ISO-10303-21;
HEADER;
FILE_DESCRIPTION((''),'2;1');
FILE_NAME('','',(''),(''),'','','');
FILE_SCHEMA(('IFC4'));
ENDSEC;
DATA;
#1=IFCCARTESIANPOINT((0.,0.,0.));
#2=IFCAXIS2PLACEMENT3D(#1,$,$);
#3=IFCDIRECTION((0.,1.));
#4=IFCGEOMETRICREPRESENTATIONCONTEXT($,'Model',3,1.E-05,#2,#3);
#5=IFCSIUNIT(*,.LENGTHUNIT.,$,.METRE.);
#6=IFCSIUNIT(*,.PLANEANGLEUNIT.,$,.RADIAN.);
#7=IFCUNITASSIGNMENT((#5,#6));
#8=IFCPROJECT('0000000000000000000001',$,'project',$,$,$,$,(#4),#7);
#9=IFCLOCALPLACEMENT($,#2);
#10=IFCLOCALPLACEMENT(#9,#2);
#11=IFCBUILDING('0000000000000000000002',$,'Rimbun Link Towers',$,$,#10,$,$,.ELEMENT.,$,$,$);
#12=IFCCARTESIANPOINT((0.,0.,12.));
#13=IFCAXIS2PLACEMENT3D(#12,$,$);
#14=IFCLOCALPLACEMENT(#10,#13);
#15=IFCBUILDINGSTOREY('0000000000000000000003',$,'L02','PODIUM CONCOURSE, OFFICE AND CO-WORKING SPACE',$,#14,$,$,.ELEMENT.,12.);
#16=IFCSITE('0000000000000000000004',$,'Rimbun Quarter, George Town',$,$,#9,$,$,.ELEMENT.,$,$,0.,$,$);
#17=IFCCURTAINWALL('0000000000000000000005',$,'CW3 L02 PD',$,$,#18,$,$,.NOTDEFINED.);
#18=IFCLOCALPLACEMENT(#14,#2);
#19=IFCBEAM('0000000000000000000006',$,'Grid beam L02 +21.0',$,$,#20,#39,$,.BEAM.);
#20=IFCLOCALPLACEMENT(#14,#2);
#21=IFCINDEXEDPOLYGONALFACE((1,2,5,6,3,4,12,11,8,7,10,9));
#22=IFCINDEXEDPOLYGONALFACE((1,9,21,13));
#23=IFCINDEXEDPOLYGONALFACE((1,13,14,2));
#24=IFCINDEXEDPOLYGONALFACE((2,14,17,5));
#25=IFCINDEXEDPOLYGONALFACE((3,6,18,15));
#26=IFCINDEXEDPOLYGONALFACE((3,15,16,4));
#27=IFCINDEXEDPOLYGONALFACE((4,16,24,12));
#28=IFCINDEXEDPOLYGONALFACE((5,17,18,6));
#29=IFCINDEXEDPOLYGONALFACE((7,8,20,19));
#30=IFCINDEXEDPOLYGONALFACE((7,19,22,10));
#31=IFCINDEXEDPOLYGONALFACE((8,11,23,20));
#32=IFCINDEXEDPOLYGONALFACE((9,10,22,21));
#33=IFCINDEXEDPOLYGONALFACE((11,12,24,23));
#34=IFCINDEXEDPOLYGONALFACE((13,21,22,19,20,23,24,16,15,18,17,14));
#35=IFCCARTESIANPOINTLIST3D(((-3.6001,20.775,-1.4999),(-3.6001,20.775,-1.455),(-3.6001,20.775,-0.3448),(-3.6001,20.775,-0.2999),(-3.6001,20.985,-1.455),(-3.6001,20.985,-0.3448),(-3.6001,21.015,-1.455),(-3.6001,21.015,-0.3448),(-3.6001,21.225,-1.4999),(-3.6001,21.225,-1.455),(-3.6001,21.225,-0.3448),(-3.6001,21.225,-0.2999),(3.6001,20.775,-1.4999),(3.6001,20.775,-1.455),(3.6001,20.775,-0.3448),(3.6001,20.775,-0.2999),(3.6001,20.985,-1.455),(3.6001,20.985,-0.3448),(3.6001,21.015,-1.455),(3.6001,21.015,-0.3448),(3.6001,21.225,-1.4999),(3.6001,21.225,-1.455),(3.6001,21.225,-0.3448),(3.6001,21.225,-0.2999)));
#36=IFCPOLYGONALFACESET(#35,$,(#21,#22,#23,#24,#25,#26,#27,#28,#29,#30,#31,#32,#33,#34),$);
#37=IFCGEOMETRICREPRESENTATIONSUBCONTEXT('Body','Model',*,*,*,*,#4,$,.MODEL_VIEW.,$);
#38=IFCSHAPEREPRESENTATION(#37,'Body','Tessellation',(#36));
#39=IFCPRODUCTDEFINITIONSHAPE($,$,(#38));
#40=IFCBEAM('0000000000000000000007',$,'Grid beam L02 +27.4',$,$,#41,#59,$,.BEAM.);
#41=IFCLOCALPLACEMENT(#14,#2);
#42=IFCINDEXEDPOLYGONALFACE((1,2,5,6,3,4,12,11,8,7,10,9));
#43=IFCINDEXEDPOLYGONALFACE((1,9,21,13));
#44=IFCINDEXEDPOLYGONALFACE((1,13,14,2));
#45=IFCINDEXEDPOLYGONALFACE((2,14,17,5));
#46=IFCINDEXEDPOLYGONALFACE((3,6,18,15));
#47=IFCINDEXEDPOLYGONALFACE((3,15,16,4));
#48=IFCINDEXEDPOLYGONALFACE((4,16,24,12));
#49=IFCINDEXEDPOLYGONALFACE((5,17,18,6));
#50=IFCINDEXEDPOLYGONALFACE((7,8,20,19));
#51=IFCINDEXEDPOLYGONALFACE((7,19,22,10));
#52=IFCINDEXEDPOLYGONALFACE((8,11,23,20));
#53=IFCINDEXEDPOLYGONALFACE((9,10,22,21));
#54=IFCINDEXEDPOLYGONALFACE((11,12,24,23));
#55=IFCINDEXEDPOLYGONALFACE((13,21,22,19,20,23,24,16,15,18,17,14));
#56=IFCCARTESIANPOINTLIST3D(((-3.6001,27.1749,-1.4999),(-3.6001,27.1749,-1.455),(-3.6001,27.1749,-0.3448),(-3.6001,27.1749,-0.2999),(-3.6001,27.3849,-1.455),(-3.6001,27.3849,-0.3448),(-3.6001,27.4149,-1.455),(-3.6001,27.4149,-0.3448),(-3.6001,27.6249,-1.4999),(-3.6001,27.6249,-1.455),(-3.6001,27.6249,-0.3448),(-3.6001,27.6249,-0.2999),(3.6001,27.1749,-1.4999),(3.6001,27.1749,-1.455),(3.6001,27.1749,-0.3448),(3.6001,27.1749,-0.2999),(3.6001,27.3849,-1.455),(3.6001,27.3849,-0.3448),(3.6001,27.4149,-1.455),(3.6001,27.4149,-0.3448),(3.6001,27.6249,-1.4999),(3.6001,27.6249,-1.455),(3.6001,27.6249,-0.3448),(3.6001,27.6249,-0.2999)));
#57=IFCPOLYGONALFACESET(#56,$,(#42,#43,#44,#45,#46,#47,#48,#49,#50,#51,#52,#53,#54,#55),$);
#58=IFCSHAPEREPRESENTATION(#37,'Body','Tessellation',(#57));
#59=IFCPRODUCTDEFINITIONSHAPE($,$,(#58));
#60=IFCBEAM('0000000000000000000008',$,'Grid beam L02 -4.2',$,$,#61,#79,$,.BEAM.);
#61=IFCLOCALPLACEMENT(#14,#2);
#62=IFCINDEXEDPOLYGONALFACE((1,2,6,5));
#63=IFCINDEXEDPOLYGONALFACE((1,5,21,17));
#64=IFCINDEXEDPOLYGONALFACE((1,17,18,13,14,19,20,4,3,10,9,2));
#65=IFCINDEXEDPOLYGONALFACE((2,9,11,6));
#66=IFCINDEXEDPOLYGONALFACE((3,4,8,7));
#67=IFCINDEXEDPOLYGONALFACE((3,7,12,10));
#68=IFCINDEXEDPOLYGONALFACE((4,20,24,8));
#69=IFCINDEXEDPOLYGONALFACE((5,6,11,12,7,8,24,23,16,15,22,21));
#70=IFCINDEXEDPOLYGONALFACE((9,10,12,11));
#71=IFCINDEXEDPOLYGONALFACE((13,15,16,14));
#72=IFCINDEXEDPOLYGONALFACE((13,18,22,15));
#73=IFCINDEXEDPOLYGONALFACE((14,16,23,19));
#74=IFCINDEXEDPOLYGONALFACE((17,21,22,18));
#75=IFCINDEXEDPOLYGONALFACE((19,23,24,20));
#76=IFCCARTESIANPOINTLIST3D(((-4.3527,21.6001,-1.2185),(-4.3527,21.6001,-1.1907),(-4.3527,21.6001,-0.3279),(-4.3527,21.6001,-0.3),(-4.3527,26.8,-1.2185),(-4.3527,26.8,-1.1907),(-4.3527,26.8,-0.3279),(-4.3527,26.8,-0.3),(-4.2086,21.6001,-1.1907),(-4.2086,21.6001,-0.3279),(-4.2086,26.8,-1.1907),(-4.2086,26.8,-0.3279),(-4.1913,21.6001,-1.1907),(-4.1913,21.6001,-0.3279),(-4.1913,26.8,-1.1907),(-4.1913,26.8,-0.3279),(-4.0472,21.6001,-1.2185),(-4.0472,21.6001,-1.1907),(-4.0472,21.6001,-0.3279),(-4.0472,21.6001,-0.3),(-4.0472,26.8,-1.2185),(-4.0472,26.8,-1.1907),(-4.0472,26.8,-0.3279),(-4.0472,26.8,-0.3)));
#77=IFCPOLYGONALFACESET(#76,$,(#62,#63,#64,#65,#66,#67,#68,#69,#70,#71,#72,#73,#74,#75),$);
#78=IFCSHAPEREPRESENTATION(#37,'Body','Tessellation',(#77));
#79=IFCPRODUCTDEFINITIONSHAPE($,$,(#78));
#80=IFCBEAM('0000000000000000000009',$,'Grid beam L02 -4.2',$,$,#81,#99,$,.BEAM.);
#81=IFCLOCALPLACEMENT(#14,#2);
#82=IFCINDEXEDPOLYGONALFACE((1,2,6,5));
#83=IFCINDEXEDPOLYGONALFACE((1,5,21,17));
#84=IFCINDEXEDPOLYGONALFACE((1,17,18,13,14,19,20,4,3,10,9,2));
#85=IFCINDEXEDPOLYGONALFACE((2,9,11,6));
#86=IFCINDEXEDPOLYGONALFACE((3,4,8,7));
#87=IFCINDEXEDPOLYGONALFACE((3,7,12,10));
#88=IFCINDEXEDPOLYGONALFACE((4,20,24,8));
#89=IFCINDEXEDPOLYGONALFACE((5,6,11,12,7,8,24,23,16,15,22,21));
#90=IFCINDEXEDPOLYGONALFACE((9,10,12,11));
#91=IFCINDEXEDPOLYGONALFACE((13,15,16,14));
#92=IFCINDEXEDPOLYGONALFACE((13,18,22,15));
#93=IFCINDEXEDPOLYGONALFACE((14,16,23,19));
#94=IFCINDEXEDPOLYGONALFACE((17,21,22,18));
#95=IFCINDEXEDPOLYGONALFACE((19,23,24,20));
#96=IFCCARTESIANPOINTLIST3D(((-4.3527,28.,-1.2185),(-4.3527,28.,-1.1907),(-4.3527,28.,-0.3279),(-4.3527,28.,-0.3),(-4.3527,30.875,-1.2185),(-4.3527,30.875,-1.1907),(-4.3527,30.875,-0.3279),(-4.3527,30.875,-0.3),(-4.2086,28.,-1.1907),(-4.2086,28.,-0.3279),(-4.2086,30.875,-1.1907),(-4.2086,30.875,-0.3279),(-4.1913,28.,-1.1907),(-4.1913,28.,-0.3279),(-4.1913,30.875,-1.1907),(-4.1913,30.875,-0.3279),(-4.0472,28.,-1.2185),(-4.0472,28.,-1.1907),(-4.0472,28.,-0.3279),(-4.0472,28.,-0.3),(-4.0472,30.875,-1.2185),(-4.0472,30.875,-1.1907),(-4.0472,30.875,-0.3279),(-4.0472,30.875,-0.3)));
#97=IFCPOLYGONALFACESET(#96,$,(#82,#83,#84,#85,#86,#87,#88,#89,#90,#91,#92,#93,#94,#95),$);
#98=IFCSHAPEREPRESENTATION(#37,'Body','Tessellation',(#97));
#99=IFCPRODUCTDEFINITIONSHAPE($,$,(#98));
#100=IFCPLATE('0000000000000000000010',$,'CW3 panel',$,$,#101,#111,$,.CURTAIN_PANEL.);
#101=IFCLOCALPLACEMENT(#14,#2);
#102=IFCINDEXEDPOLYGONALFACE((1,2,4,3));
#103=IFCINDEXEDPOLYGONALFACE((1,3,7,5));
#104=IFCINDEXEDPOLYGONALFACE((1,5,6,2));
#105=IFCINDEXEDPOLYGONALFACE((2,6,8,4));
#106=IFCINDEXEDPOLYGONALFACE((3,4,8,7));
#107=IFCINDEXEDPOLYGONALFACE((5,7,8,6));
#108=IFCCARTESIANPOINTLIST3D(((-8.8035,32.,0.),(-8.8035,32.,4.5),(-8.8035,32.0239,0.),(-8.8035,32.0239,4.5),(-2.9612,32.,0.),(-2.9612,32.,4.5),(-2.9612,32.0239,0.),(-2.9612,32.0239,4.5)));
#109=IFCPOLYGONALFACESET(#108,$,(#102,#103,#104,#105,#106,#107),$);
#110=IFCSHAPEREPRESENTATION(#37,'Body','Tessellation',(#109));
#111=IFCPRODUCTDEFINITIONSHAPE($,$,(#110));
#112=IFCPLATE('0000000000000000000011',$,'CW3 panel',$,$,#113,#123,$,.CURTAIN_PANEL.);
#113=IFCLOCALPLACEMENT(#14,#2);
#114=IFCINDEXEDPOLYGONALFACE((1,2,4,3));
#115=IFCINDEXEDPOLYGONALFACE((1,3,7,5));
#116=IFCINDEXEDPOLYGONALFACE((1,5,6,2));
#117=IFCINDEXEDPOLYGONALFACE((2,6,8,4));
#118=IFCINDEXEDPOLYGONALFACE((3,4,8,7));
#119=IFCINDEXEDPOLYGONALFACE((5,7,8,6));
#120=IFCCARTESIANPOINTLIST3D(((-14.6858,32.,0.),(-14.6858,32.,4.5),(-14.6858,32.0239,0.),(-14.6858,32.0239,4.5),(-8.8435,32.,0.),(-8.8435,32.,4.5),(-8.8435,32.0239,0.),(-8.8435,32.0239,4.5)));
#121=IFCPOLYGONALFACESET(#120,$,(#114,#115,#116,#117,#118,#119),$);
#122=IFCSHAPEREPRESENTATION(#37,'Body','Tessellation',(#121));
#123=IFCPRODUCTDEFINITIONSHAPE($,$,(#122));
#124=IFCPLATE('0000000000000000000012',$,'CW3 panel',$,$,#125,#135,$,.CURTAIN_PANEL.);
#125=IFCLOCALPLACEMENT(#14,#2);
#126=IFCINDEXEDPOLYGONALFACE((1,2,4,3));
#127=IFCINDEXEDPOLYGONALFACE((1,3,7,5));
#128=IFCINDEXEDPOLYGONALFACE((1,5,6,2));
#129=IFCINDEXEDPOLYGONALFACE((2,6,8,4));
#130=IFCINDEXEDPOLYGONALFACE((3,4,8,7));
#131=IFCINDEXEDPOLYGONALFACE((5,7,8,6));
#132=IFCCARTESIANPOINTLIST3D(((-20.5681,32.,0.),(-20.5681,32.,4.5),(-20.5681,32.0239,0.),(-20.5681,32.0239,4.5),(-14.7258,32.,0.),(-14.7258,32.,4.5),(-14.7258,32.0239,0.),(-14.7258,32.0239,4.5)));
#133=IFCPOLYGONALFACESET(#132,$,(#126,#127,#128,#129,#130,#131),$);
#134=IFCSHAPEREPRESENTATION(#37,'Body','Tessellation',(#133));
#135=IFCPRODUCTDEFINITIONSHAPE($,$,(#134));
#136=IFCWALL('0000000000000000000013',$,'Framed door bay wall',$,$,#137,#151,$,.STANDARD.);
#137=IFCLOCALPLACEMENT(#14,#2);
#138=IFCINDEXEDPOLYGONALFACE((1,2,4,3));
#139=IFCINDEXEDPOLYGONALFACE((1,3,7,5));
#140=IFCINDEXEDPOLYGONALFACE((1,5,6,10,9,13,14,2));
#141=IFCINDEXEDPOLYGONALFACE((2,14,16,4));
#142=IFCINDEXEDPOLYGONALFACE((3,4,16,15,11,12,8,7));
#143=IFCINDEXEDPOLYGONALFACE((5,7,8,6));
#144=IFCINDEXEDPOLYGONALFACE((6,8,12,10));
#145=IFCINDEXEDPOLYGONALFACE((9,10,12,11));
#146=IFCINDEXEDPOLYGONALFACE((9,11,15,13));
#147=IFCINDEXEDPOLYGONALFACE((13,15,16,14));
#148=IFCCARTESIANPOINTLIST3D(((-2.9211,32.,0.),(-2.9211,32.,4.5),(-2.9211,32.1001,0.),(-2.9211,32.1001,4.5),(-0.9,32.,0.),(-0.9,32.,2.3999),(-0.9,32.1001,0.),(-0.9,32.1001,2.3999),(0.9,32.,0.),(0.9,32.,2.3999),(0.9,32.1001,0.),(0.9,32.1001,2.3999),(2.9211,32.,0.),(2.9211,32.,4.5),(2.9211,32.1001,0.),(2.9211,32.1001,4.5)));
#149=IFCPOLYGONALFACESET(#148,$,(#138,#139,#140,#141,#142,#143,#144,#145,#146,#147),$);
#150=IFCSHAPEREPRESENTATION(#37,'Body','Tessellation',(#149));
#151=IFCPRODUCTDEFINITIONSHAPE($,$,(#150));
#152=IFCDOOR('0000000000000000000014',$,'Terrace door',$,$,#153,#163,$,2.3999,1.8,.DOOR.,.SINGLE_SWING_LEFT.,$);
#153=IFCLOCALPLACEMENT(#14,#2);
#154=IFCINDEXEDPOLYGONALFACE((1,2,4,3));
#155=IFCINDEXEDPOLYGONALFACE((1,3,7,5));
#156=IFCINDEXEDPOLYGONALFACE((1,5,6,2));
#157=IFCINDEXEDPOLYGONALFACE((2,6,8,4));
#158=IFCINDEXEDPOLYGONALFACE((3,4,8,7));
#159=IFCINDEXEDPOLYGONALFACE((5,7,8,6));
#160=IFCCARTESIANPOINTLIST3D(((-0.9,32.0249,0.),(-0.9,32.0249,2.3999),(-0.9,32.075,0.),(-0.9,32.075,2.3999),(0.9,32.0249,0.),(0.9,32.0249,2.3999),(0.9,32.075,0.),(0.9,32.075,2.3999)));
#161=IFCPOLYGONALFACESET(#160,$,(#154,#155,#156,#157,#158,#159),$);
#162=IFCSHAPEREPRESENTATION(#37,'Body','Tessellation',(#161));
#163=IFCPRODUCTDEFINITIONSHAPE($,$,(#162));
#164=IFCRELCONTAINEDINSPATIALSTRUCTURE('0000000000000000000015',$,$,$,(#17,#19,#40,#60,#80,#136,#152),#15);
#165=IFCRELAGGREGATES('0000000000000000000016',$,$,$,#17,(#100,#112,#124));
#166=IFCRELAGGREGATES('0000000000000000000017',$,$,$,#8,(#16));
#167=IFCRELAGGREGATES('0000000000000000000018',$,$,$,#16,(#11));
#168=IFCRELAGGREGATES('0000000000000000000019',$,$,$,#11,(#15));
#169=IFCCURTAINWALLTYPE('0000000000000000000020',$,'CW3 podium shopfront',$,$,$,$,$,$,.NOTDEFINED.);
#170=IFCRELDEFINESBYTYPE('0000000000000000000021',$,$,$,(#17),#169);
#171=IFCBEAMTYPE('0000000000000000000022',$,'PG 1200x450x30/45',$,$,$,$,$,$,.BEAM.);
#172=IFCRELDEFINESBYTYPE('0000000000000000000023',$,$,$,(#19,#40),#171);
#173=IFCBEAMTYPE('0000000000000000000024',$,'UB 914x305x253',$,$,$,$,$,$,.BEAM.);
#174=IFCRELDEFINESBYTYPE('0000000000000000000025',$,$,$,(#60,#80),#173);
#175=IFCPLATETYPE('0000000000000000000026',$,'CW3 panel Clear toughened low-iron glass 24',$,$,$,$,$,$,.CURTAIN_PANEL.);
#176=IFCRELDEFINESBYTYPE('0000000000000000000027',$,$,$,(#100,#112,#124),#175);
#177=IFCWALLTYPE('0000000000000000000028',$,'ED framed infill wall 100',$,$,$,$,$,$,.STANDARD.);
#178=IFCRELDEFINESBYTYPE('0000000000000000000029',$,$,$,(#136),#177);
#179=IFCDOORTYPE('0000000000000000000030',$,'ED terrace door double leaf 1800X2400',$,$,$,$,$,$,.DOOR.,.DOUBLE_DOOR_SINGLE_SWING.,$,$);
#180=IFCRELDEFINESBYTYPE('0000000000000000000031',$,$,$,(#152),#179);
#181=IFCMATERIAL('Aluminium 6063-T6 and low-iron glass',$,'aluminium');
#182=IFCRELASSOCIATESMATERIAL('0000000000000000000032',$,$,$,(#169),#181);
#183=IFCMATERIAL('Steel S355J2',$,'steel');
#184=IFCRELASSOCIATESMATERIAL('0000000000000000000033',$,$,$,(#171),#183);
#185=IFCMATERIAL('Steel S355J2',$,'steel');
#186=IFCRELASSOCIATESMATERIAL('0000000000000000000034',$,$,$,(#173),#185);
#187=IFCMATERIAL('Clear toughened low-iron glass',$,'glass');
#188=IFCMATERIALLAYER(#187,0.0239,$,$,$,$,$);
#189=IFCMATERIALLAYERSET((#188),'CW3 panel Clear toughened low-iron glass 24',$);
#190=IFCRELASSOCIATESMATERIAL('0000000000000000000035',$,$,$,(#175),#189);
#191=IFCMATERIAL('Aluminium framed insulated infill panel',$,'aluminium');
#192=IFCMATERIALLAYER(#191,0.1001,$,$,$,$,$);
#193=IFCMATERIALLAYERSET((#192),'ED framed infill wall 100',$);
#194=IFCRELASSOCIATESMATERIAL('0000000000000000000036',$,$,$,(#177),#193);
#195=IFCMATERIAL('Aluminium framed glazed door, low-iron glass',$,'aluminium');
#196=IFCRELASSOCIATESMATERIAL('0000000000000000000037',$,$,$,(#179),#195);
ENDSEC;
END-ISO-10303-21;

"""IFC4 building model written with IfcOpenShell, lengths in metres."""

from ifc_helpers import new_model, si_unit, direction, frame, frame_2d, origin, origin_2d, place, context, subcontext, project, spatial, rectangle, i_section, extrude, material, layer, layer_set, material_profile, profile_set, type_object, element, fill, aggregate, save


model = new_model("IFC4")

# Units and contexts
model_context = context("Model", 3, precision=1e-05, world=origin(), true_north=direction((0.0, 1.0)))
body_context = subcontext(model_context, "Body", "Model", "MODEL_VIEW")
ifc_project = project(units=[si_unit("LENGTHUNIT", "METRE"), si_unit("PLANEANGLEUNIT", "RADIAN")], contexts=[model_context])

# Site, building, storey
site_placement = place(None, origin())
site = spatial("IfcSite", under=ifc_project, at=site_placement, Name="Rimbun Quarter, George Town", CompositionType="ELEMENT", RefElevation=0.0)
building_placement = place(site_placement, origin())
building = spatial("IfcBuilding", under=site, at=building_placement, Name="Rimbun Link Towers", CompositionType="ELEMENT")
storey_placement = place(building_placement, frame((0.0, 0.0, 12.0)))
storey = spatial("IfcBuildingStorey", under=building, at=storey_placement, Name="L02", Description="PODIUM CONCOURSE, OFFICE AND CO-WORKING SPACE", CompositionType="ELEMENT", Elevation=12.0)

# Curtain wall
ifc_material_1 = material(Name="Aluminium 6063-T6 and low-iron glass", Category="aluminium")
curtain_wall_type = type_object("IfcCurtainWallType", Name="CW3 podium shopfront", PredefinedType="NOTDEFINED", material=ifc_material_1)
curtain_wall_placement = place(storey_placement, origin())
curtain_wall = element("IfcCurtainWall", 1, at=curtain_wall_placement, inside=storey, type_object=curtain_wall_type, Name="CW3 L02 PD", PredefinedType="NOTDEFINED")

# Beams
ifc_material_2 = material(Name="Steel S355J2", Category="steel")
ifc_material_profile_1 = material_profile(ifc_material_2, i_section(OverallWidth=0.45, OverallDepth=1.2, WebThickness=0.03, FlangeThickness=0.0449, at=origin_2d()), Name="PG 1200x450x30/45")
ifc_profile_set_1 = profile_set([ifc_material_profile_1], Name="Steel S355J2")
beam_type_1 = type_object("IfcBeamType", Name="PG 1200x450x30/45", PredefinedType="BEAM", material=ifc_profile_set_1)
for number, where, z_axis, x_axis, name in (
    (2, (-3.6001, 21.0, -0.8999), (1.0, 0.0, 0.0), (0.0, 1.0, 0.0), "Grid beam L02 +21.0"),
    (3, (-3.6001, 27.3999, -0.8999), (1.0, 0.0, 0.0), (0.0, 1.0, 0.0), "Grid beam L02 +27.4"),
):
    element("IfcBeam", number, at=place(storey_placement, frame(where, z_axis=z_axis, x_axis=x_axis)), inside=storey, type_object=beam_type_1, Name=name, PredefinedType="BEAM", context=body_context, shape_type="SweptSolid", body=[
        extrude(i_section(OverallWidth=0.45, OverallDepth=1.2, WebThickness=0.03, FlangeThickness=0.0449, at=origin_2d()), origin(), (0.0, 0.0, 1.0), 7.2002),
    ])
ifc_material_3 = material(Name="Steel S355J2", Category="steel")
ifc_material_profile_2 = material_profile(ifc_material_3, i_section(OverallWidth=0.3054, OverallDepth=0.9185, WebThickness=0.0173, FlangeThickness=0.0278, at=origin_2d()), Name="UB 914x305x253")
ifc_profile_set_2 = profile_set([ifc_material_profile_2], Name="Steel S355J2")
beam_type_2 = type_object("IfcBeamType", Name="UB 914x305x253", PredefinedType="BEAM", material=ifc_profile_set_2)
beam_1_placement = place(storey_placement, frame((-4.2, 21.6001, -0.7593), z_axis=(0.0, 1.0, 0.0), x_axis=(-1.0, 0.0, 0.0)))
element("IfcBeam", 4, at=beam_1_placement, inside=storey, type_object=beam_type_2, Name="Grid beam L02 -4.2", PredefinedType="BEAM", context=body_context, shape_type="SweptSolid", body=[
    extrude(i_section(OverallWidth=0.3054, OverallDepth=0.9185, WebThickness=0.0173, FlangeThickness=0.0278, at=origin_2d()), origin(), (0.0, 0.0, 1.0), 5.2),
])
beam_2_placement = place(storey_placement, frame((-4.2, 28.0, -0.7593), z_axis=(0.0, 1.0, 0.0), x_axis=(-1.0, 0.0, 0.0)))
element("IfcBeam", 5, at=beam_2_placement, inside=storey, type_object=beam_type_2, Name="Grid beam L02 -4.2", PredefinedType="BEAM", context=body_context, shape_type="SweptSolid", body=[
    extrude(i_section(OverallWidth=0.3054, OverallDepth=0.9185, WebThickness=0.0173, FlangeThickness=0.0278, at=origin_2d()), origin(), (0.0, 0.0, 1.0), 2.875),
])

# Plates
ifc_material_4 = material(Name="Clear toughened low-iron glass", Category="glass")
ifc_layer_1 = layer(ifc_material_4, 0.0239)
ifc_layer_set_1 = layer_set([ifc_layer_1], Name="CW3 panel Clear toughened low-iron glass 24")
plate_type = type_object("IfcPlateType", Name="CW3 panel Clear toughened low-iron glass 24", PredefinedType="CURTAIN_PANEL", material=ifc_layer_set_1)
plate_1_placement = place(storey_placement, frame((-5.8823, 32.012, 0.0), z_axis=(0.0, 0.0, 1.0), x_axis=(1.0, 0.0, 0.0)))
plate_1 = element("IfcPlate", 6, at=plate_1_placement, type_object=plate_type, Name="CW3 panel", PredefinedType="CURTAIN_PANEL", context=body_context, shape_type="SweptSolid", body=[
    extrude(rectangle(XDim=5.8423, YDim=0.0239, at=origin_2d()), origin(), (0.0, 0.0, 1.0), 4.5),
])
plate_2_placement = place(storey_placement, frame((-11.7646, 32.012, 0.0), z_axis=(0.0, 0.0, 1.0), x_axis=(1.0, 0.0, 0.0)))
plate_2 = element("IfcPlate", 7, at=plate_2_placement, type_object=plate_type, Name="CW3 panel", PredefinedType="CURTAIN_PANEL", context=body_context, shape_type="SweptSolid", body=[
    extrude(rectangle(XDim=5.8423, YDim=0.0239, at=origin_2d()), origin(), (0.0, 0.0, 1.0), 4.5),
])
plate_3_placement = place(storey_placement, frame((-17.647, 32.012, 0.0), z_axis=(0.0, 0.0, 1.0), x_axis=(1.0, 0.0, 0.0)))
plate_3 = element("IfcPlate", 8, at=plate_3_placement, type_object=plate_type, Name="CW3 panel", PredefinedType="CURTAIN_PANEL", context=body_context, shape_type="SweptSolid", body=[
    extrude(rectangle(XDim=5.8423, YDim=0.0239, at=origin_2d()), origin(), (0.0, 0.0, 1.0), 4.5),
])
aggregate(curtain_wall, [plate_1, plate_2, plate_3])

# Wall, opening, door
ifc_material_5 = material(Name="Aluminium framed insulated infill panel", Category="aluminium")
ifc_layer_2 = layer(ifc_material_5, 0.1001)
ifc_layer_set_2 = layer_set([ifc_layer_2], Name="ED framed infill wall 100")
wall_type_1 = type_object("IfcWallType", Name="ED framed infill wall 100", PredefinedType="STANDARD", material=ifc_layer_set_2)
wall_1_placement = place(storey_placement, frame((-2.9211, 32.05, 0.0), z_axis=(0.0, 0.0, 1.0), x_axis=(1.0, 0.0, 0.0)))
wall_1 = element("IfcWall", 9, at=wall_1_placement, inside=storey, type_object=wall_type_1, Name="Framed door bay wall", PredefinedType="STANDARD", context=body_context, shape_type="SweptSolid", body=[
    extrude(rectangle(XDim=5.8423, YDim=0.1001, at=frame_2d((2.9211, 0.0))), origin(), (0.0, 0.0, 1.0), 4.5),
])
opening_1_placement = place(wall_1_placement, frame((2.0212, 0.0, 0.0)))
opening_1 = element("IfcOpeningElement", 10, at=opening_1_placement, cuts=wall_1, PredefinedType="OPENING", context=body_context, shape_type="SweptSolid", body=[
    extrude(rectangle(XDim=1.8, YDim=2.3999, at=frame_2d((0.8999, 1.2))), frame((0.0, 0.0601, 0.0), z_axis=(0.0, -1.0, 0.0), x_axis=(1.0, 0.0, 0.0)), (0.0, 0.0, 1.0), 0.1201),
])
ifc_material_6 = material(Name="Aluminium framed glazed door, low-iron glass", Category="aluminium")
door_type_1 = type_object("IfcDoorType", Name="ED terrace door double leaf 1800X2400", OperationType="DOUBLE_DOOR_SINGLE_SWING", PredefinedType="DOOR", material=ifc_material_6)
door_1_placement = place(opening_1_placement, origin())
door_1 = element("IfcDoor", 11, at=door_1_placement, inside=storey, type_object=door_type_1, Name="Terrace door", OperationType="SINGLE_SWING_LEFT", OverallHeight=2.3999, OverallWidth=1.8, PredefinedType="DOOR", context=body_context, shape_type="SweptSolid", body=[
    extrude(rectangle(XDim=1.8, YDim=2.3999, at=frame_2d((0.8999, 1.2))), frame((0.0, 0.0249, 0.0), z_axis=(0.0, -1.0, 0.0), x_axis=(1.0, 0.0, 0.0)), (0.0, 0.0, 1.0), 0.05),
])
fill(opening_1, door_1)

save(model, "model.ifc")
